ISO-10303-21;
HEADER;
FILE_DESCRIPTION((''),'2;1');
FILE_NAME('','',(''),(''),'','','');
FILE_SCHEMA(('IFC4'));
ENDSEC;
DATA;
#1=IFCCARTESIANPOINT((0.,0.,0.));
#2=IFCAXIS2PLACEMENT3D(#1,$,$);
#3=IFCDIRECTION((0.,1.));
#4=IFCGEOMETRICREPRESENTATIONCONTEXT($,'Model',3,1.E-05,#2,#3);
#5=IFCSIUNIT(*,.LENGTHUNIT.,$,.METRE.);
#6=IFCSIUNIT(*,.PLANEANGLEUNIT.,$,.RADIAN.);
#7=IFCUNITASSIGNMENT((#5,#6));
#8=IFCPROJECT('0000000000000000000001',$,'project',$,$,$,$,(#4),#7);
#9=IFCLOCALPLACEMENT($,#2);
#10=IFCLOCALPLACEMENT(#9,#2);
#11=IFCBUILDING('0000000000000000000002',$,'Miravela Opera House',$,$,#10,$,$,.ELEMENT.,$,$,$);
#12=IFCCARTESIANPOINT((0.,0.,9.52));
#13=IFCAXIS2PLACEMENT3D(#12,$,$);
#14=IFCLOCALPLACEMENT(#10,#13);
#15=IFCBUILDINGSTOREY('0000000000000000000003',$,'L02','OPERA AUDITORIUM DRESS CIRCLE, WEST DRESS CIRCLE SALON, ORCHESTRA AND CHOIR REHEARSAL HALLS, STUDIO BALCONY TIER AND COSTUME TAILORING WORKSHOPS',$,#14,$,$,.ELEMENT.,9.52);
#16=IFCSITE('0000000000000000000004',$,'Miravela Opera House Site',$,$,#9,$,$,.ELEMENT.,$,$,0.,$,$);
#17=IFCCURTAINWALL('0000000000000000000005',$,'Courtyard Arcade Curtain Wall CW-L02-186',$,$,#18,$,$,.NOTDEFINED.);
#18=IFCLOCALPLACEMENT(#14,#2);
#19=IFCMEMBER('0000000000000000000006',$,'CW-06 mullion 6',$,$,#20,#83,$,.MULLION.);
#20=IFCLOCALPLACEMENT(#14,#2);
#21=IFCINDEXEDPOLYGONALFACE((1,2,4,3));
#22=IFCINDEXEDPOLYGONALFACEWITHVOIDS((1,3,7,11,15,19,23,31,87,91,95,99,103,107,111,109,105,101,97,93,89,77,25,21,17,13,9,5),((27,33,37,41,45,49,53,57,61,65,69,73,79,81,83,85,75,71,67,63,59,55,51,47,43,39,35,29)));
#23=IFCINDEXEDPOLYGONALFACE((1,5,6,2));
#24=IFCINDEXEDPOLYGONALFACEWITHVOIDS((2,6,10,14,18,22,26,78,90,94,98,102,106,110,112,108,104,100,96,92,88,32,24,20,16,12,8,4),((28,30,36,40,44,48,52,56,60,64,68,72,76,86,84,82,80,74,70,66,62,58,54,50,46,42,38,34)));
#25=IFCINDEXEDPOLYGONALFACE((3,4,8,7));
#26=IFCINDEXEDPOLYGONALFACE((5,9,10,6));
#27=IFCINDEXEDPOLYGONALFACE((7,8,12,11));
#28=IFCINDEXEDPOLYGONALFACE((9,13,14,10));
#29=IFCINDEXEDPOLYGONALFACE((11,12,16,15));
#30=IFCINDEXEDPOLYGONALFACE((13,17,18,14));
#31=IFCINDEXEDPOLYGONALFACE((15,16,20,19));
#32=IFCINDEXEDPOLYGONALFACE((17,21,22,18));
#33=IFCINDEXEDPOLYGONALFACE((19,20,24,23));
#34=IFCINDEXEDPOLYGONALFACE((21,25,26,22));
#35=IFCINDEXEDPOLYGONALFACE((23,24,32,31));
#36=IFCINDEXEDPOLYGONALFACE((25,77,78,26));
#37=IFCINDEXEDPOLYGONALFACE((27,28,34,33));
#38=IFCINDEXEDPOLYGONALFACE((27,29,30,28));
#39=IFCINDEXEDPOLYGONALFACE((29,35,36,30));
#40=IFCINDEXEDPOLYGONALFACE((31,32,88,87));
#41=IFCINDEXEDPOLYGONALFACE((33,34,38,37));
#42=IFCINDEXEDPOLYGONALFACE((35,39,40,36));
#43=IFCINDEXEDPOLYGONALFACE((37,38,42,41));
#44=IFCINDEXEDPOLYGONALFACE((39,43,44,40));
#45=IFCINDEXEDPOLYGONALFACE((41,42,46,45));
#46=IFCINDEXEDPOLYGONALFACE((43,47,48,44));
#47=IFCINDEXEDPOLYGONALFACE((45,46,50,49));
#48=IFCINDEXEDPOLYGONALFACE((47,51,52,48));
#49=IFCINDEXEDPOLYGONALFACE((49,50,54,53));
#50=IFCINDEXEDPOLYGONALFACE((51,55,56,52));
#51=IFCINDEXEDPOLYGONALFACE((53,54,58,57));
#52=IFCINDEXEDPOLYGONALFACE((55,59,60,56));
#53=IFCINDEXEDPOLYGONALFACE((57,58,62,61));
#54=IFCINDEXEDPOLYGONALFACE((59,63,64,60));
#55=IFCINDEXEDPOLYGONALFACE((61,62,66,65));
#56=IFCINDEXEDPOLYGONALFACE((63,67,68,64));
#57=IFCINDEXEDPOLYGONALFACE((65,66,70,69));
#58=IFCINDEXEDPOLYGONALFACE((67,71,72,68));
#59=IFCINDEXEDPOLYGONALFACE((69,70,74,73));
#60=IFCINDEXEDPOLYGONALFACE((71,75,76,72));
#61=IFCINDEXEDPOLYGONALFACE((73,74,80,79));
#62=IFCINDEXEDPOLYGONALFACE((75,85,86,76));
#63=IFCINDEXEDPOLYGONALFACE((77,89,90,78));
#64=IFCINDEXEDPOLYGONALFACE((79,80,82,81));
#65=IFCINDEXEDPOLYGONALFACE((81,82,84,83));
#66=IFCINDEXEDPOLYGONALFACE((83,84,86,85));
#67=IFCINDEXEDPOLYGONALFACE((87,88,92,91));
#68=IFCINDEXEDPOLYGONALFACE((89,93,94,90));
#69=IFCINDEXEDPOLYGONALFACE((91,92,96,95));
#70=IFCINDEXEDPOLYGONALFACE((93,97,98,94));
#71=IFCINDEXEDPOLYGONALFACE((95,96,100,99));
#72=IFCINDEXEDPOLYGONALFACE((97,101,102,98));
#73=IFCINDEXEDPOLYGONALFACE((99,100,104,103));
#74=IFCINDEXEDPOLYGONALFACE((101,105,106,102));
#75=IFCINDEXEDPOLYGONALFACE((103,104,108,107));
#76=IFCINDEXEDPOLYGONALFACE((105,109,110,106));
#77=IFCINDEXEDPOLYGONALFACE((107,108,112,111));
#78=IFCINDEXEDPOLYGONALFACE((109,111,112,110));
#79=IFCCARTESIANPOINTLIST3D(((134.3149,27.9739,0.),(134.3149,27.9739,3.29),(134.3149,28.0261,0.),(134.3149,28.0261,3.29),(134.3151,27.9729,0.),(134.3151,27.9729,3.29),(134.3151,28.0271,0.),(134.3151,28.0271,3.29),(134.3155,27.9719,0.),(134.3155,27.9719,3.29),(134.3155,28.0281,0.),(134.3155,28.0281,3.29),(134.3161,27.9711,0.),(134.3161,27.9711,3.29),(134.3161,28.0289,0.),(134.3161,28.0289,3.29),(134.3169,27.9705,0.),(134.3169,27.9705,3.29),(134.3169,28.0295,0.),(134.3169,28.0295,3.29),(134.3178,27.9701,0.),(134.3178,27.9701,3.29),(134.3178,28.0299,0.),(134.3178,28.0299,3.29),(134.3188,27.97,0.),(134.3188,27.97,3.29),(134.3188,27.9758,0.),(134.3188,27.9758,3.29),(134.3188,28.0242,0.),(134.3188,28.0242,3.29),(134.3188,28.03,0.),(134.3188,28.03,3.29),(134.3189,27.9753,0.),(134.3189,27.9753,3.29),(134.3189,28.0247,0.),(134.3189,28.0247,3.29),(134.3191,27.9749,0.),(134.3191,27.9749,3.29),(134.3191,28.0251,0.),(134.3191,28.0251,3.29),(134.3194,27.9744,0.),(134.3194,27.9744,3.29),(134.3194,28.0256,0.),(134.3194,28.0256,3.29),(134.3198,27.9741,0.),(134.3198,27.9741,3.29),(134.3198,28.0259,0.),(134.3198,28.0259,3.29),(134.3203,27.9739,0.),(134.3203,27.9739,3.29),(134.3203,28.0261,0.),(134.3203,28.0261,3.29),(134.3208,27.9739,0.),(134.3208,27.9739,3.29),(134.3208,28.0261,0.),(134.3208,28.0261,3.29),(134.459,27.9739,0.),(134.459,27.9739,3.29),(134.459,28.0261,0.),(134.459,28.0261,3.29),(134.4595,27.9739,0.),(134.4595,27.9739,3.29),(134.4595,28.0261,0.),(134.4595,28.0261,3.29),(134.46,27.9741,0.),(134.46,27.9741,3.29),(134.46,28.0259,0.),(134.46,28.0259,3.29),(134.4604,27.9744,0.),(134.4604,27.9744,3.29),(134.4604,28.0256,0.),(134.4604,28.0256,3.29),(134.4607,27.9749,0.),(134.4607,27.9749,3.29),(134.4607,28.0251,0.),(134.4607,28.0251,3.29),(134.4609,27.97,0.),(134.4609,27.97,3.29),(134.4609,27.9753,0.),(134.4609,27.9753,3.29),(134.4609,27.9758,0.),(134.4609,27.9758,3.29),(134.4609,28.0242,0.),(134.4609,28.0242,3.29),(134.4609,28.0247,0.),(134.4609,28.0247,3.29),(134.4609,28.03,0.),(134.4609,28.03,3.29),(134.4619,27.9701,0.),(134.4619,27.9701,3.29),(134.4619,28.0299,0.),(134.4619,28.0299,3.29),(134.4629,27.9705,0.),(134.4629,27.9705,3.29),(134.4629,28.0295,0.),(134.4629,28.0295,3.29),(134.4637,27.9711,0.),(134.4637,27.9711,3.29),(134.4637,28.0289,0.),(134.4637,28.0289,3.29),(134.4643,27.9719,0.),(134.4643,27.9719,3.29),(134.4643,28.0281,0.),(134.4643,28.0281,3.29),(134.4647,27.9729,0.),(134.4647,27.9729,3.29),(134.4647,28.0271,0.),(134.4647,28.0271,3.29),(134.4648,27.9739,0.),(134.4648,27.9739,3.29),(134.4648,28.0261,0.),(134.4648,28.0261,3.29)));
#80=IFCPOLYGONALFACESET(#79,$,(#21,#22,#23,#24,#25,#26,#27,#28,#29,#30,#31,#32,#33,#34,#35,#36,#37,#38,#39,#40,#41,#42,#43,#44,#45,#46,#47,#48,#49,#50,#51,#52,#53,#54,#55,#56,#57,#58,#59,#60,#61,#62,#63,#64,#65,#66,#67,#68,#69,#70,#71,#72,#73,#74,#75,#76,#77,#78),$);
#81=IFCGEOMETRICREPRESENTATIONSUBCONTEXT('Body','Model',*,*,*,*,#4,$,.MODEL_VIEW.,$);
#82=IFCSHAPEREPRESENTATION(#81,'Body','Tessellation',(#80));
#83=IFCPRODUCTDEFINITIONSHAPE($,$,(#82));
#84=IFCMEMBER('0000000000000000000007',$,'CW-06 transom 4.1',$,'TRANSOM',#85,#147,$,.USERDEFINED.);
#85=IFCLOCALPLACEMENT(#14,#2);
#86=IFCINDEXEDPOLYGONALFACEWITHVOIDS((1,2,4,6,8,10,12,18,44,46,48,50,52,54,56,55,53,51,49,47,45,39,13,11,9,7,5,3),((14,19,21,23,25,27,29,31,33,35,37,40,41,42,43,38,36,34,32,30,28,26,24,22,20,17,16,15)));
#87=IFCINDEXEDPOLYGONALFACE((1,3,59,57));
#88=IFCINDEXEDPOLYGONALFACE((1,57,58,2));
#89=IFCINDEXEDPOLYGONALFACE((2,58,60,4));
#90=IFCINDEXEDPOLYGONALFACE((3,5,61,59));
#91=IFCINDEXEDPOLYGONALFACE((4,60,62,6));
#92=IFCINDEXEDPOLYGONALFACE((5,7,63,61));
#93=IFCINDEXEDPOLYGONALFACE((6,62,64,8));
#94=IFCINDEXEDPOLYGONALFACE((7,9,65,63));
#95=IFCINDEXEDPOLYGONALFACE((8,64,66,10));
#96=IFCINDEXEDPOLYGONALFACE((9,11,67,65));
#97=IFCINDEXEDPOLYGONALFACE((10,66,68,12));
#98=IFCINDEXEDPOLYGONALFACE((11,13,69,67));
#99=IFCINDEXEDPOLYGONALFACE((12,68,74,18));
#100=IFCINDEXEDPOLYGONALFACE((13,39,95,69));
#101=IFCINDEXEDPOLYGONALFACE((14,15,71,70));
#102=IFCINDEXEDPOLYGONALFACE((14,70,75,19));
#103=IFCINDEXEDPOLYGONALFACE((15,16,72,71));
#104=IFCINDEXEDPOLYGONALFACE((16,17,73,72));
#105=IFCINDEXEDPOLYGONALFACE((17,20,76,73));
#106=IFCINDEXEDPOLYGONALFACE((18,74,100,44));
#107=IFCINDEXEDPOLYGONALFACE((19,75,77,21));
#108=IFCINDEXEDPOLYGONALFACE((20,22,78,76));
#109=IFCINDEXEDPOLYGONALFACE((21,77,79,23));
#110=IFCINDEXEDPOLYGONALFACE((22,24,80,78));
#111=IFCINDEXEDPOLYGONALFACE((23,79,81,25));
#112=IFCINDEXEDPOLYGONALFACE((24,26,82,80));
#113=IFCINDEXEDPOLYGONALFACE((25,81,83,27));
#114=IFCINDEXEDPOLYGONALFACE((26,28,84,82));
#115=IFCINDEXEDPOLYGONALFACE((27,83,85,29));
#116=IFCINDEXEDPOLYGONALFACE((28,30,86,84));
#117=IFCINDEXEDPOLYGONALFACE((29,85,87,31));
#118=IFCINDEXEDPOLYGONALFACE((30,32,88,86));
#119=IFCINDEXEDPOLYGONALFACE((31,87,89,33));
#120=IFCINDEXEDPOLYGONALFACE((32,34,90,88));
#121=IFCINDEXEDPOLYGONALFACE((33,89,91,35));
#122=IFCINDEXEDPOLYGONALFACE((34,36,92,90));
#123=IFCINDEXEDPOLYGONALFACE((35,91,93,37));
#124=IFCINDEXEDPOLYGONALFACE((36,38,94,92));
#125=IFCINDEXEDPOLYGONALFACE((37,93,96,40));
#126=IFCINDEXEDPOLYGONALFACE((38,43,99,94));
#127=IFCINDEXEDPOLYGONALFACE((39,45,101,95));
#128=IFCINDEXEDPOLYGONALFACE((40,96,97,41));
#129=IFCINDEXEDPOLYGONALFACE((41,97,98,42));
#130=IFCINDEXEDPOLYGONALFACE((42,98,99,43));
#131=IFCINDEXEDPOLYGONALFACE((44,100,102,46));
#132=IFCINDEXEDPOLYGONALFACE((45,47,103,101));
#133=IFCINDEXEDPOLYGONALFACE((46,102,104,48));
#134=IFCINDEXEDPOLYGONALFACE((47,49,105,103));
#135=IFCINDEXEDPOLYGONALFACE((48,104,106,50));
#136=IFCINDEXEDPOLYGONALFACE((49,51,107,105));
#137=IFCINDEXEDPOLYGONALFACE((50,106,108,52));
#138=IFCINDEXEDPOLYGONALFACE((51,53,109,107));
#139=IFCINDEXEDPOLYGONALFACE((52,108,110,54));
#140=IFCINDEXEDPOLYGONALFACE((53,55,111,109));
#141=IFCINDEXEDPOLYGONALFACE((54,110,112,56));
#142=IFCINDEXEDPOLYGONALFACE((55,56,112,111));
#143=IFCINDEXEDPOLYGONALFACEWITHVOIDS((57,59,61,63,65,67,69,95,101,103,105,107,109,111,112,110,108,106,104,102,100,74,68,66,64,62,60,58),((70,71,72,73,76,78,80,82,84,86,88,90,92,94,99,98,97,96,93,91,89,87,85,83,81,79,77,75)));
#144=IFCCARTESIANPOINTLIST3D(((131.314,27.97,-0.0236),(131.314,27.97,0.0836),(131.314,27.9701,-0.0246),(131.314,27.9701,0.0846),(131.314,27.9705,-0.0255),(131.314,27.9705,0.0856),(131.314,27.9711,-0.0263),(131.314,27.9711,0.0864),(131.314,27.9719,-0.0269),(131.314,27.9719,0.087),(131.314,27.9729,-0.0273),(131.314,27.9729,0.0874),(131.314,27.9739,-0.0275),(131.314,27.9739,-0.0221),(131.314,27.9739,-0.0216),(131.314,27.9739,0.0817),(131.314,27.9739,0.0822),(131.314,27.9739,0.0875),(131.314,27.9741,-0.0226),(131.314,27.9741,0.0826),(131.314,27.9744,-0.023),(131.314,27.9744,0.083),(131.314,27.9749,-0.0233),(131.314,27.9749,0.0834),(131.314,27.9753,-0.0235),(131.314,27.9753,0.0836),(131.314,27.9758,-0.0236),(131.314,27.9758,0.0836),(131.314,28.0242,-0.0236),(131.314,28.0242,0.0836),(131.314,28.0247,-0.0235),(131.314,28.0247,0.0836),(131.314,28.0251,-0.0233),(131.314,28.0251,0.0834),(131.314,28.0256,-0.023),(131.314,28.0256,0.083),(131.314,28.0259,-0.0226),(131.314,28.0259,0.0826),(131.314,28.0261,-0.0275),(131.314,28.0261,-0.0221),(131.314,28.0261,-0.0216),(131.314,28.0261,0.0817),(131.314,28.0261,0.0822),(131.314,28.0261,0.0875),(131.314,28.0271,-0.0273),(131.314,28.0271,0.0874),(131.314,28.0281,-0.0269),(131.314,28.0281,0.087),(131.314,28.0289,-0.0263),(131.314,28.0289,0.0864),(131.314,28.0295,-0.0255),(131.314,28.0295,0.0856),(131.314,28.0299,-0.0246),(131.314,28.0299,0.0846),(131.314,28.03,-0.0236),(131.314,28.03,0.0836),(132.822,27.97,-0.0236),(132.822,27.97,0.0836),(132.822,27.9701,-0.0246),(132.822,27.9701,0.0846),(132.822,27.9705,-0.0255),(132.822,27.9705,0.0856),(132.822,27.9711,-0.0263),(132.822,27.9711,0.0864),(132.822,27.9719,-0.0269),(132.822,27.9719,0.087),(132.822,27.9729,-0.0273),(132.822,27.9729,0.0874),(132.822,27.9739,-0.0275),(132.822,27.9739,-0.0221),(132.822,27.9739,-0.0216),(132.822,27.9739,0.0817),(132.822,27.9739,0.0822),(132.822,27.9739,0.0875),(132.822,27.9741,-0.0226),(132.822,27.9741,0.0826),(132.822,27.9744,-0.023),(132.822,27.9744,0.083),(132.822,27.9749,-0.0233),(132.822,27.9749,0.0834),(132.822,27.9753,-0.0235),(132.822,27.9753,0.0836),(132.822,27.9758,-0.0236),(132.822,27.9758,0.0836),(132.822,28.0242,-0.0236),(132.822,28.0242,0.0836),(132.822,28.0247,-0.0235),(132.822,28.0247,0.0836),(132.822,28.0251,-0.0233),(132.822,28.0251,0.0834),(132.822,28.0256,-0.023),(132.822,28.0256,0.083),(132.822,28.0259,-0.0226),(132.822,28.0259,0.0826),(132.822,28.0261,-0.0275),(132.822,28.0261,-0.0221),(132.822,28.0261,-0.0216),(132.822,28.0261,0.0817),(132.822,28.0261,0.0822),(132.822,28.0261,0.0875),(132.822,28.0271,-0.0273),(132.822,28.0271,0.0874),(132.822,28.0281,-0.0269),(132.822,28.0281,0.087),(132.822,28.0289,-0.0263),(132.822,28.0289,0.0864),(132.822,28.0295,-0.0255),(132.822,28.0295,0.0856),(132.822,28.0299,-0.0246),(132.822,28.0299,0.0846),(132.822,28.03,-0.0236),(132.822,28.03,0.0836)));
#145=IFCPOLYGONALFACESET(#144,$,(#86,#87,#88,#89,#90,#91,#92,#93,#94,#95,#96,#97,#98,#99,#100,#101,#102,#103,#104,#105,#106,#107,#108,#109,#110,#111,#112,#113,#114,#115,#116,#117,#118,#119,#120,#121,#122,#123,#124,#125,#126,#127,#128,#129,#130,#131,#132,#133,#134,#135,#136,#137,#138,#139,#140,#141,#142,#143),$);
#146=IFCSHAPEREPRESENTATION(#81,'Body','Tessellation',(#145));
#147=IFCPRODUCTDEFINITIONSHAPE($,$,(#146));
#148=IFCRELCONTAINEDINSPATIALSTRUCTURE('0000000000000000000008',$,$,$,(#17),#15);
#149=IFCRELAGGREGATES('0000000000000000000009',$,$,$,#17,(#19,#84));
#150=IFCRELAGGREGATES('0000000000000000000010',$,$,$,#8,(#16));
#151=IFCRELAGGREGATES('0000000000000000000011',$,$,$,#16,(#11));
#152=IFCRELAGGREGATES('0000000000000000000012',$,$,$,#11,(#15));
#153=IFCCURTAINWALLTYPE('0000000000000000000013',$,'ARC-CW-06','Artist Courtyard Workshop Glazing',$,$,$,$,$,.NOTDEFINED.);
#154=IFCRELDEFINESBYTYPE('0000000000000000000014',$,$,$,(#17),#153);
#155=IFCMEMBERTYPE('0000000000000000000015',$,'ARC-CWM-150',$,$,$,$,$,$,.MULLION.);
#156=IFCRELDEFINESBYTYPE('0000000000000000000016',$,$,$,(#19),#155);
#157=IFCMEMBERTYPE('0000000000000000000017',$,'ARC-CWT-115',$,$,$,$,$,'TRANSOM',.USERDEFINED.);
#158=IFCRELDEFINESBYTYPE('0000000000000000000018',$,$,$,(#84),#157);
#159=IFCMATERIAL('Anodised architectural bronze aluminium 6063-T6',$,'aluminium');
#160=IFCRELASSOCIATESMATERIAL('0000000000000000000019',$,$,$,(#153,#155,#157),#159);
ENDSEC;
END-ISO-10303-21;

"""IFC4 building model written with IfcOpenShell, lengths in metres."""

from ifc_helpers import new_model, si_unit, direction, frame, origin, origin_2d, place, context, subcontext, project, spatial, hollow_rectangle, extrude, material, material_profile, profile_set, type_object, element, aggregate, save


model = new_model("IFC4")

# Units and contexts
model_context = context("Model", 3, precision=1e-05, world=origin(), true_north=direction((0.0, 1.0)))
body_context = subcontext(model_context, "Body", "Model", "MODEL_VIEW")
ifc_project = project(units=[si_unit("LENGTHUNIT", "METRE"), si_unit("PLANEANGLEUNIT", "RADIAN")], contexts=[model_context])

# Site, building, storey
site_placement = place(None, origin())
site = spatial("IfcSite", under=ifc_project, at=site_placement, Name="Miravela Opera House Site", CompositionType="ELEMENT", RefElevation=0.0)
building_placement = place(site_placement, origin())
building = spatial("IfcBuilding", under=site, at=building_placement, Name="Miravela Opera House", CompositionType="ELEMENT")
storey_placement = place(building_placement, frame((0.0, 0.0, 9.52)))
storey = spatial("IfcBuildingStorey", under=building, at=storey_placement, Name="L02", Description="OPERA AUDITORIUM DRESS CIRCLE, WEST DRESS CIRCLE SALON, ORCHESTRA AND CHOIR REHEARSAL HALLS, STUDIO BALCONY TIER AND COSTUME TAILORING WORKSHOPS", CompositionType="ELEMENT", Elevation=9.52)

# Curtain wall, members
ifc_material_1 = material(Name="Anodised architectural bronze aluminium 6063-T6", Category="aluminium")
curtain_wall_type = type_object("IfcCurtainWallType", Name="ARC-CW-06", Description="Artist Courtyard Workshop Glazing", PredefinedType="NOTDEFINED", material=ifc_material_1)
curtain_wall_placement = place(storey_placement, origin())
curtain_wall = element("IfcCurtainWall", 1, at=curtain_wall_placement, inside=storey, type_object=curtain_wall_type, Name="Courtyard Arcade Curtain Wall CW-L02-186", PredefinedType="NOTDEFINED")
ifc_material_profile_1 = material_profile(ifc_material_1, hollow_rectangle(XDim=0.0601, YDim=0.1499, WallThickness=0.0039, InnerFilletRadius=0.002, OuterFilletRadius=0.0039, at=origin_2d()), Name="CWM-60X150")
ifc_profile_set_1 = profile_set([ifc_material_profile_1])
member_type_1 = type_object("IfcMemberType", Name="ARC-CWM-150", PredefinedType="MULLION", material=ifc_profile_set_1)
member_1_placement = place(storey_placement, frame((134.3899, 28.0, 0.0), z_axis=(0.0, 0.0, 1.0), x_axis=(0.0, 1.0, 0.0)))
member_1 = element("IfcMember", 2, at=member_1_placement, type_object=member_type_1, Name="CW-06 mullion 6", PredefinedType="MULLION", context=body_context, shape_type="SweptSolid", body=[
    extrude(hollow_rectangle(XDim=0.0601, YDim=0.1499, WallThickness=0.0039, InnerFilletRadius=0.002, OuterFilletRadius=0.0039, at=origin_2d()), origin(), (0.0, 0.0, 1.0), 3.29),
])
ifc_material_profile_2 = material_profile(ifc_material_1, hollow_rectangle(XDim=0.0601, YDim=0.115, WallThickness=0.0039, InnerFilletRadius=0.002, OuterFilletRadius=0.0039, at=origin_2d()), Name="CWT-60X115")
ifc_profile_set_2 = profile_set([ifc_material_profile_2])
member_type_2 = type_object("IfcMemberType", Name="ARC-CWT-115", ElementType="TRANSOM", PredefinedType="USERDEFINED", material=ifc_profile_set_2)
member_2_placement = place(storey_placement, frame((131.314, 28.0, 0.03), z_axis=(1.0, 0.0, 0.0), x_axis=(0.0, 1.0, 0.0)))
member_2 = element("IfcMember", 3, at=member_2_placement, type_object=member_type_2, Name="CW-06 transom 4.1", ObjectType="TRANSOM", PredefinedType="USERDEFINED", context=body_context, shape_type="SweptSolid", body=[
    extrude(hollow_rectangle(XDim=0.0601, YDim=0.115, WallThickness=0.0039, InnerFilletRadius=0.002, OuterFilletRadius=0.0039, at=origin_2d()), origin(), (0.0, 0.0, 1.0), 1.5081),
])

aggregate(curtain_wall, [member_1, member_2])

save(model, "model.ifc")
